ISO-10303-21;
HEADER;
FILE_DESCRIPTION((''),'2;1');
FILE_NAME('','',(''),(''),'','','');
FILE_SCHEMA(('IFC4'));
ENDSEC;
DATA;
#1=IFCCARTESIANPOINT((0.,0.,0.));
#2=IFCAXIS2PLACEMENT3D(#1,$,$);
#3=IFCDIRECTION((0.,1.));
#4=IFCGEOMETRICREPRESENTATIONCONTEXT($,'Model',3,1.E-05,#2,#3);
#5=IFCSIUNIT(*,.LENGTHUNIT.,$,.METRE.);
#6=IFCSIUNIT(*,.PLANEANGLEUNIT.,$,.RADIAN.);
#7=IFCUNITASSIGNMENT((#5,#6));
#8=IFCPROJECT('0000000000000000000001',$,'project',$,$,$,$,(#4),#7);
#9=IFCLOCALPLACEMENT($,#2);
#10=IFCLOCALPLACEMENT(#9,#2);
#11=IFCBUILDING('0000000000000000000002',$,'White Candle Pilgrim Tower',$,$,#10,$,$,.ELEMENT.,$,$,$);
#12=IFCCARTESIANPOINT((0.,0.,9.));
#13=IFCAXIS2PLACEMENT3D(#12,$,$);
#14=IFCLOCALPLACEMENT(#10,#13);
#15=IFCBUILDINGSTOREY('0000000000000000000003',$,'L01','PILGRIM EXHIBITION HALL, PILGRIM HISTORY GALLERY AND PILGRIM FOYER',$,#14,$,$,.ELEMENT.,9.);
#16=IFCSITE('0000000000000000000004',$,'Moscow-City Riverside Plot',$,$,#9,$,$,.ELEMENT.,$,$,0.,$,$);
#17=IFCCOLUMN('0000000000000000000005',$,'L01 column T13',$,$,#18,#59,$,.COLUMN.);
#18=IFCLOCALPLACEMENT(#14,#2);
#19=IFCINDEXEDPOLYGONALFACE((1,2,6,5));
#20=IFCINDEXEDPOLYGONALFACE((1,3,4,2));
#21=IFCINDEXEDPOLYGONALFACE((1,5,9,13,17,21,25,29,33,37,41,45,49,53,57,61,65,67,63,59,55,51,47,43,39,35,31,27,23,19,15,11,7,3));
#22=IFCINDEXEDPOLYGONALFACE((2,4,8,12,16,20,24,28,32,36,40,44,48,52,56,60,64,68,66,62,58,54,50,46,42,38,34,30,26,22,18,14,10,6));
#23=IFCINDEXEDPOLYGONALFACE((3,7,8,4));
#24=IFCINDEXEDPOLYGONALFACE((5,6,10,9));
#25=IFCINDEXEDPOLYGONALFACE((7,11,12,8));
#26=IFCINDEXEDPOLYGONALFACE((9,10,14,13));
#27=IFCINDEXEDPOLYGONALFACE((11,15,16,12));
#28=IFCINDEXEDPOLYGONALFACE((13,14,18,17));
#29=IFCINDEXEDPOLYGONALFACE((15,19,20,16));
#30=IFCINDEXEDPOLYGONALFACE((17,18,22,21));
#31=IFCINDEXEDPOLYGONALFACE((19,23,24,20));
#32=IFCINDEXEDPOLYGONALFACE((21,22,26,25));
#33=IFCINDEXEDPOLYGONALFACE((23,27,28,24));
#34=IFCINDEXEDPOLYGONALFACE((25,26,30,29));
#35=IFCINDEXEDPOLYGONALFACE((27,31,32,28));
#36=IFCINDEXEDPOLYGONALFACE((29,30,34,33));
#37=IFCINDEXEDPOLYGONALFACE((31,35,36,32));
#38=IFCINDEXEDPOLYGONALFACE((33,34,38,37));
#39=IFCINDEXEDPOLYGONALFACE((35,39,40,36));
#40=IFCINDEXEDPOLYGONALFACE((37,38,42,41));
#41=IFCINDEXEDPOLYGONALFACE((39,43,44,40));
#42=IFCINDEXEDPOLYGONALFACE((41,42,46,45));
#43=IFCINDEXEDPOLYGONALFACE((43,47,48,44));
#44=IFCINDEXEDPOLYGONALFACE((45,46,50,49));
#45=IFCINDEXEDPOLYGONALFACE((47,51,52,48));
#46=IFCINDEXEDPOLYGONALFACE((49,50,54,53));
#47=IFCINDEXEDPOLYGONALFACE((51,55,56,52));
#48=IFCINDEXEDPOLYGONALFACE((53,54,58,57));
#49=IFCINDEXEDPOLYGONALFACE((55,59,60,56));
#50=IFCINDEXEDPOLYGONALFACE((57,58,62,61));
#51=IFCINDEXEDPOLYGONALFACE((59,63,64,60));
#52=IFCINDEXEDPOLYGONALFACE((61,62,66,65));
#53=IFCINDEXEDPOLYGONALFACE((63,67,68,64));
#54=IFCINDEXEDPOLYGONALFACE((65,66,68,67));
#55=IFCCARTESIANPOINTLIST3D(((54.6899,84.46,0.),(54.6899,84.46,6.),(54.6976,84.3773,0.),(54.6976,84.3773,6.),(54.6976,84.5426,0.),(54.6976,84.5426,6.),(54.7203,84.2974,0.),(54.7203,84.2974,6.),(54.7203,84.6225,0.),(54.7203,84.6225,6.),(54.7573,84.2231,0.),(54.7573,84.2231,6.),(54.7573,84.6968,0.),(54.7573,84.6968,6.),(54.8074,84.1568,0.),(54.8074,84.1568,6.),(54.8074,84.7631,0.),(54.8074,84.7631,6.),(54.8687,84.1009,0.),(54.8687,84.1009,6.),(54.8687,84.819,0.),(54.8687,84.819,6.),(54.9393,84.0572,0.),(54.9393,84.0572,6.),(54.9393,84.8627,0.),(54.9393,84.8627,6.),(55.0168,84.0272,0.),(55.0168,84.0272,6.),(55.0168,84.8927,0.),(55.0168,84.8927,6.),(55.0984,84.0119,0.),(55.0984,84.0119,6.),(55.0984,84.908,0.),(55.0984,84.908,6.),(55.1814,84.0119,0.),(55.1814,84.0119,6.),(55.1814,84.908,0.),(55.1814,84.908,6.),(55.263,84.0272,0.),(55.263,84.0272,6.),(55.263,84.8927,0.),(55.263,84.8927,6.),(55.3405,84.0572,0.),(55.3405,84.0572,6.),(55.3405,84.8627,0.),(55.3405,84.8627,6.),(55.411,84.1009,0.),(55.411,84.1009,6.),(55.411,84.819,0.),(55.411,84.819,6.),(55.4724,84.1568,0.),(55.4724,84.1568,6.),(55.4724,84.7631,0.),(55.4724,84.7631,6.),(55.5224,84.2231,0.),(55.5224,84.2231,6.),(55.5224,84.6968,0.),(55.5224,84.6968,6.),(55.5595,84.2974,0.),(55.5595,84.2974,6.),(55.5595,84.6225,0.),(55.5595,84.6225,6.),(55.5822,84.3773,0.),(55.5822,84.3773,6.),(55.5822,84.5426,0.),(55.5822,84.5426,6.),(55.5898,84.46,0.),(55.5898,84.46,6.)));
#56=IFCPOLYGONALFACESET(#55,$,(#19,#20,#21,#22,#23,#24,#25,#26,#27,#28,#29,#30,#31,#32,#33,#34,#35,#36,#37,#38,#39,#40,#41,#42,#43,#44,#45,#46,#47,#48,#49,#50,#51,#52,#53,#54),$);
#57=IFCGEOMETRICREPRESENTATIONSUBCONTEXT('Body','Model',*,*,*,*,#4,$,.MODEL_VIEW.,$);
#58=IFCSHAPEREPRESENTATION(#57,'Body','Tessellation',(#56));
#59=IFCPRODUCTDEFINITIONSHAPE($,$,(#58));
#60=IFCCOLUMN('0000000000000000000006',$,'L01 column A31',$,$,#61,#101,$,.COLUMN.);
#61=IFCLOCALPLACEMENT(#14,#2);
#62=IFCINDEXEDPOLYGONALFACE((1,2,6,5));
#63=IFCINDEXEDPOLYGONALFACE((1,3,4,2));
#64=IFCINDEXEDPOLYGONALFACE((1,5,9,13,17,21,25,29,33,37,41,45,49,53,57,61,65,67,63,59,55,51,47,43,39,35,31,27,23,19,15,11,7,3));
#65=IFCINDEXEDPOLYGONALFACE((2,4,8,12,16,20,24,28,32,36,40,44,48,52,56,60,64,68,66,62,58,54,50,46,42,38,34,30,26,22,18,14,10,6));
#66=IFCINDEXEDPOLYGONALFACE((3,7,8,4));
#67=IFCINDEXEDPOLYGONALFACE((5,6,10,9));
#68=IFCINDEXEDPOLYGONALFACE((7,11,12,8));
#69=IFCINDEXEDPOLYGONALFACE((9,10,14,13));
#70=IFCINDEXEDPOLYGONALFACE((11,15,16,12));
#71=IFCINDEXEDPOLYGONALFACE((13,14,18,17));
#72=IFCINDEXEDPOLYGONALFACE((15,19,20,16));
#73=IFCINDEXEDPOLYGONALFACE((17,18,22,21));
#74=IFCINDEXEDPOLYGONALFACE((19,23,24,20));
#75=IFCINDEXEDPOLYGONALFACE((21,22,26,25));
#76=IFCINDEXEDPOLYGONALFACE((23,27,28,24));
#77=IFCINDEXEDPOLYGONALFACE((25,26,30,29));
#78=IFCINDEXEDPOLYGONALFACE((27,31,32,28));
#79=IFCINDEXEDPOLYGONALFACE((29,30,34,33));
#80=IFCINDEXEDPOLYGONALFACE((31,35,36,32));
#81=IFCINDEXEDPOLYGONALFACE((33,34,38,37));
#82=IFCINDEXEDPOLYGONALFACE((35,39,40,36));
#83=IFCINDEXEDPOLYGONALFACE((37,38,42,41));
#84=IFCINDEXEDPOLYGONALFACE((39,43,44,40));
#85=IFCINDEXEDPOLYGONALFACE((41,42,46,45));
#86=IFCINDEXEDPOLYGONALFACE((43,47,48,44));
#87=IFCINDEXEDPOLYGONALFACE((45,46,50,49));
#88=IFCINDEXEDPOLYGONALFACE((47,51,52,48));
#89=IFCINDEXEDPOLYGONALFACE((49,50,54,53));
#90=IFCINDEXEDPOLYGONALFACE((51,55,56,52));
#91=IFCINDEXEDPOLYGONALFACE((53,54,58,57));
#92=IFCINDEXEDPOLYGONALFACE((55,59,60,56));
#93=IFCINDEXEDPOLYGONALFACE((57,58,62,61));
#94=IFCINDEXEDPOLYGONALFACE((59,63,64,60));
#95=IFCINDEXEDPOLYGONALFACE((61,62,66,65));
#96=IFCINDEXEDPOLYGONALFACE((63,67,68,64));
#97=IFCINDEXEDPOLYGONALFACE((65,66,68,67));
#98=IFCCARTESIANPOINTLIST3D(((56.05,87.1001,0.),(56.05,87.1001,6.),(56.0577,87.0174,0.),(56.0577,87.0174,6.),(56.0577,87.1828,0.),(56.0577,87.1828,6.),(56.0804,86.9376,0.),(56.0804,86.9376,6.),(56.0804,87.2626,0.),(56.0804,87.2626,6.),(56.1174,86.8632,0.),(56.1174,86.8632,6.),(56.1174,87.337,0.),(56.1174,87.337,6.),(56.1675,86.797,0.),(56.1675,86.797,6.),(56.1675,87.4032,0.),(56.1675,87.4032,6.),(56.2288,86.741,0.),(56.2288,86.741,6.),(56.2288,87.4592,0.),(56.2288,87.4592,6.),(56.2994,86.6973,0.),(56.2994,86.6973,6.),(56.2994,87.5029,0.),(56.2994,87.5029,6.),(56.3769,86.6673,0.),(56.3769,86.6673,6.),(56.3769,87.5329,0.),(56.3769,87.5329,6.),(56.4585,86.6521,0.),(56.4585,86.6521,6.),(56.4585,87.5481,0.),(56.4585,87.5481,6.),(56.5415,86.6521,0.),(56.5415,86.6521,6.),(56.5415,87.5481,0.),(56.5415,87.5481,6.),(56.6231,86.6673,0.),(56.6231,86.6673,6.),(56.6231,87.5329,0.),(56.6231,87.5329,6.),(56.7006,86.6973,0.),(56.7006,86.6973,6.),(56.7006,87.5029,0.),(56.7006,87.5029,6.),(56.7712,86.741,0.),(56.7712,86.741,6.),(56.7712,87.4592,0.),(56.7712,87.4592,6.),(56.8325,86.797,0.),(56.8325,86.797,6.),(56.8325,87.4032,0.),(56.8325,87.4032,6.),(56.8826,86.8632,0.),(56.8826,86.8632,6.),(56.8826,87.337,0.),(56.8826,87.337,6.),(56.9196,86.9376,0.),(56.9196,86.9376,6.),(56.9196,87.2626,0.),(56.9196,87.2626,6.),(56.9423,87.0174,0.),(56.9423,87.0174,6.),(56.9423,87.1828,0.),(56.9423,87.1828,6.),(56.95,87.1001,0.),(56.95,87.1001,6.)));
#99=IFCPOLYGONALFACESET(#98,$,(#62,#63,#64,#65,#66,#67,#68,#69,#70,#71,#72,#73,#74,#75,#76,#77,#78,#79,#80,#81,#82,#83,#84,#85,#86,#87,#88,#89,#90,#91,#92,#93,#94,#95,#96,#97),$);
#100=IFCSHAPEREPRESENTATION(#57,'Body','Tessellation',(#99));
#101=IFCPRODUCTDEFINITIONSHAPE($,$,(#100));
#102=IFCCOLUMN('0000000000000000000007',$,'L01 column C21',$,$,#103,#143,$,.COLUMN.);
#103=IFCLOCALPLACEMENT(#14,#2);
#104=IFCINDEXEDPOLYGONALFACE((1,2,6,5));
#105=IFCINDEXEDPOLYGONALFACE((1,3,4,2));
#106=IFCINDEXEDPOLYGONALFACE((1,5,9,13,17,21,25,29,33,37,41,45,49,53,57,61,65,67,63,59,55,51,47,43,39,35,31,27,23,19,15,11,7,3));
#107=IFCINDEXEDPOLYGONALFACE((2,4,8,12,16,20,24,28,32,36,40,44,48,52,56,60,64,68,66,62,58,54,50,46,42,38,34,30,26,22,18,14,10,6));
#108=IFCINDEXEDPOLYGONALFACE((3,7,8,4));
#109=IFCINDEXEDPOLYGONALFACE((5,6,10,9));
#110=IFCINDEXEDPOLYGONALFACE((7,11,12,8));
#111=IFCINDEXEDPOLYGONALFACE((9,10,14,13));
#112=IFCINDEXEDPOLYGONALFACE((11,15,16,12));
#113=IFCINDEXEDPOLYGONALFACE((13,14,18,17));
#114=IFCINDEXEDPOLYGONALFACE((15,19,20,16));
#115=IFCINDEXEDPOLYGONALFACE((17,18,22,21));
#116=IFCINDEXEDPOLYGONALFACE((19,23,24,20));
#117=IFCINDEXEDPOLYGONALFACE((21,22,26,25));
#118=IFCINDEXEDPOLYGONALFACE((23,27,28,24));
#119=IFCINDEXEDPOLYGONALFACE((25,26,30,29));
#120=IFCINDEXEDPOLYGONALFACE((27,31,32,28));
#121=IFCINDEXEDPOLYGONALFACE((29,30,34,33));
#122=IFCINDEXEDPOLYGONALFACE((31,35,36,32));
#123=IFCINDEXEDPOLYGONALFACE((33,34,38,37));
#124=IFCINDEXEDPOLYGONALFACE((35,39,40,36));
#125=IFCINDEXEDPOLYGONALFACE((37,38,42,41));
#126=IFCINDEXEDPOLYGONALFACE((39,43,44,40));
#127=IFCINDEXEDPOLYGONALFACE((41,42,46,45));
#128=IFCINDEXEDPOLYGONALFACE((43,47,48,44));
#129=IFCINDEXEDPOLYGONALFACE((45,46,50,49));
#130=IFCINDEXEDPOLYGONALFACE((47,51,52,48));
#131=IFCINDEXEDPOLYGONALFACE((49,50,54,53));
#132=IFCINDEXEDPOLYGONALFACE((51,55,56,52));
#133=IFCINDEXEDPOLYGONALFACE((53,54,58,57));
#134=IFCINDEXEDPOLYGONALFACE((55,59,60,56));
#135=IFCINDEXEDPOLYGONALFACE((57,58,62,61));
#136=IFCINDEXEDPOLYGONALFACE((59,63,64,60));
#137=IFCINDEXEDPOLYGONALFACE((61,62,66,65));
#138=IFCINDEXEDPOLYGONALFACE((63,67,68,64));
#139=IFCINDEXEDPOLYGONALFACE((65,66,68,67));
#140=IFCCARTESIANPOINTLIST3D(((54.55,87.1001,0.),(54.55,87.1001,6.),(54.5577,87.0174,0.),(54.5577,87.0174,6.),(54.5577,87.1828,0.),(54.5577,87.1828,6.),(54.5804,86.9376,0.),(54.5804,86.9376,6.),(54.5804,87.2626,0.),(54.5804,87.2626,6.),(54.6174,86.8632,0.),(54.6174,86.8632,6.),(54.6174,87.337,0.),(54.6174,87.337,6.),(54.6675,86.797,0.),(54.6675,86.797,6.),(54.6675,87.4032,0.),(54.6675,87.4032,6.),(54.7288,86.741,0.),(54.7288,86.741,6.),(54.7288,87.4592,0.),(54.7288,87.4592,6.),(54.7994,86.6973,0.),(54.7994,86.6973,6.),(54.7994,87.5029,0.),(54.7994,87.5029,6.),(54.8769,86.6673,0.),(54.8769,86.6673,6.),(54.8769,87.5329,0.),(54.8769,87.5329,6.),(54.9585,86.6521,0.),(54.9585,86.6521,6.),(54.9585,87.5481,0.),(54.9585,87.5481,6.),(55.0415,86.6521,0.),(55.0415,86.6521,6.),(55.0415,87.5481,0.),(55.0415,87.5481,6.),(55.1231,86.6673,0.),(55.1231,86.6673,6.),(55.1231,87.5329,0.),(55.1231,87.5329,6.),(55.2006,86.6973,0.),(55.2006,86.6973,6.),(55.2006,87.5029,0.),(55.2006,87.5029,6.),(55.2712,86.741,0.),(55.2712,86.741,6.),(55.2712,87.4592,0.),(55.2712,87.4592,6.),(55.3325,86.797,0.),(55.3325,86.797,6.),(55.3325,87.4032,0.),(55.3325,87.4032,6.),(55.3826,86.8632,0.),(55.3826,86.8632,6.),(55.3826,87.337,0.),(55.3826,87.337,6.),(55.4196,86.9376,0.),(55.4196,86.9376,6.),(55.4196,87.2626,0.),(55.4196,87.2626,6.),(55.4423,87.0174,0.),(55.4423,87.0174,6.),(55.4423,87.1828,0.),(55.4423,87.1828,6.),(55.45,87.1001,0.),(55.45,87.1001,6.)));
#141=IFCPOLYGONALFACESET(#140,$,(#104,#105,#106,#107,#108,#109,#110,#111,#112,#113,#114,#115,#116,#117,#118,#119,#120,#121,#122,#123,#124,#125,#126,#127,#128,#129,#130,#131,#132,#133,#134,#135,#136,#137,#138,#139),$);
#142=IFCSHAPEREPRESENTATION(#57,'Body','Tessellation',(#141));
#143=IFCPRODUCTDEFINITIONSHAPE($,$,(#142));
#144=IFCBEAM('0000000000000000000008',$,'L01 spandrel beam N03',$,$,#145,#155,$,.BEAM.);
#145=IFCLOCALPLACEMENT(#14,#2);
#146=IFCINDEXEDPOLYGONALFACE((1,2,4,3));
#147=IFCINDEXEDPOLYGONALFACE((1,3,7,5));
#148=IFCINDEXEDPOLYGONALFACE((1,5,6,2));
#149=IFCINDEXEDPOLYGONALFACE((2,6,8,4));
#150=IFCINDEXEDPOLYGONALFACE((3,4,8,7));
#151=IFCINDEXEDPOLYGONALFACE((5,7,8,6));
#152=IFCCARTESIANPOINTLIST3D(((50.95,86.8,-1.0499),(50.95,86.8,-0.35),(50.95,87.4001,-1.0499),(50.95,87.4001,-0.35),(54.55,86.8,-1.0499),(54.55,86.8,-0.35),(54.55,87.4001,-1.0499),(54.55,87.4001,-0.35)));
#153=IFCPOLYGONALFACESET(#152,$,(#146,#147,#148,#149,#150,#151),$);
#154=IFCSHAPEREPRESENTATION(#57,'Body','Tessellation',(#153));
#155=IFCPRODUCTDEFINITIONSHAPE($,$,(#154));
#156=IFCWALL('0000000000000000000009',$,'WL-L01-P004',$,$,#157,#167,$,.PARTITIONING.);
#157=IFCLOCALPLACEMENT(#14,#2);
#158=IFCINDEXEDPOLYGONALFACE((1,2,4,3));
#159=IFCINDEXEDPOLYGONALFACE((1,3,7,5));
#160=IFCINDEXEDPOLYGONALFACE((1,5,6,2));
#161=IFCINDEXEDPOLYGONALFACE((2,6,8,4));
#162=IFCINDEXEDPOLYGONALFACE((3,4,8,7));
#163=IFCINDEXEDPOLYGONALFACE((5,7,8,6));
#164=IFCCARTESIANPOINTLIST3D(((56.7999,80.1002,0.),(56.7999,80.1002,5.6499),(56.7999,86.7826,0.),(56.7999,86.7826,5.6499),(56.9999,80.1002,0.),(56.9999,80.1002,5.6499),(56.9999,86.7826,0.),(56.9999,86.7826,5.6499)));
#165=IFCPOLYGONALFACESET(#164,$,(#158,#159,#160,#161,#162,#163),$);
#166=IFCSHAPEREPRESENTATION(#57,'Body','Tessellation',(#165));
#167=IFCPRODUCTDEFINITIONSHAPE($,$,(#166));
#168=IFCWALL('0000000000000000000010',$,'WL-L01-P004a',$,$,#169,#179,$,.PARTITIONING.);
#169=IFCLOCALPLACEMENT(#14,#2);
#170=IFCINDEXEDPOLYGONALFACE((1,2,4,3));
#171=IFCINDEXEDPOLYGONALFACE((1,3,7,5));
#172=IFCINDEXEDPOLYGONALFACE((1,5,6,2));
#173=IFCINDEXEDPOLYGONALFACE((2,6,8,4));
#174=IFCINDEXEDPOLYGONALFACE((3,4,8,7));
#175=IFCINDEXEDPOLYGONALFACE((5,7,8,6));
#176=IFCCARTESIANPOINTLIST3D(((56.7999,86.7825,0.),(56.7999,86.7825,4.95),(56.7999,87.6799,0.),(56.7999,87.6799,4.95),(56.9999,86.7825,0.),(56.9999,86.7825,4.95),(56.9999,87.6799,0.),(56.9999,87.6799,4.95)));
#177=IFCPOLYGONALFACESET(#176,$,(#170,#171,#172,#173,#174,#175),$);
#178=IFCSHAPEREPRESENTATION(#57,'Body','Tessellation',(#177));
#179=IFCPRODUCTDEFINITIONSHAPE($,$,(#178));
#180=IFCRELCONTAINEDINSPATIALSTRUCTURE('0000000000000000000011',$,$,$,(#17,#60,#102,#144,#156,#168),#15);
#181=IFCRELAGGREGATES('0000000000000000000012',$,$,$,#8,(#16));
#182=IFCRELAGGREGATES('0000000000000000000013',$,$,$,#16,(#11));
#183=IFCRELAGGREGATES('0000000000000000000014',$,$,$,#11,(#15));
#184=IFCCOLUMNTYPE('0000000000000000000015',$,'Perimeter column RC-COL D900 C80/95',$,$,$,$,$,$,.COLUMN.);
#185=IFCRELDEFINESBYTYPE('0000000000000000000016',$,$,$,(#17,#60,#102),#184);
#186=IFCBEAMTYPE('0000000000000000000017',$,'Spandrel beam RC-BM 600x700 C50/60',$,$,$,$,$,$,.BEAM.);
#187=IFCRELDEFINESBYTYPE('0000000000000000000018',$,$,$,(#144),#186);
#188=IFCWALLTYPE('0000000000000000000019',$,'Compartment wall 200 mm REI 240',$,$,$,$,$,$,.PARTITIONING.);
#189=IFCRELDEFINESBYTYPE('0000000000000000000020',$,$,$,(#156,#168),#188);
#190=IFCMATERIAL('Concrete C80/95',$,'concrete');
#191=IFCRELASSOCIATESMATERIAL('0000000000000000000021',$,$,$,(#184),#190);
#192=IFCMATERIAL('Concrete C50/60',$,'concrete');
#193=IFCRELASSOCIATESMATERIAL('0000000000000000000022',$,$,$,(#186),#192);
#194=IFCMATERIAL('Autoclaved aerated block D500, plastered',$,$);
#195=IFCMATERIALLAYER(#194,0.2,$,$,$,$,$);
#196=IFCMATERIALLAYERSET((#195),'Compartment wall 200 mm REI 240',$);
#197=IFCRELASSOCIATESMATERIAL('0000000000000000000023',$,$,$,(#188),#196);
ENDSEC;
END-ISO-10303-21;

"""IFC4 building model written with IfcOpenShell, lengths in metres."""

from ifc_helpers import new_model, si_unit, direction, frame, frame_2d, origin, origin_2d, place, context, subcontext, project, spatial, rectangle, circle, extrude, material, layer, layer_set, material_profile, profile_set, type_object, element, save


model = new_model("IFC4")

# Units and contexts
model_context = context("Model", 3, precision=1e-05, world=origin(), true_north=direction((0.0, 1.0)))
body_context = subcontext(model_context, "Body", "Model", "MODEL_VIEW")
ifc_project = project(units=[si_unit("LENGTHUNIT", "METRE"), si_unit("PLANEANGLEUNIT", "RADIAN")], contexts=[model_context])

# Site, building, storey
site_placement = place(None, origin())
site = spatial("IfcSite", under=ifc_project, at=site_placement, Name="Moscow-City Riverside Plot", CompositionType="ELEMENT", RefElevation=0.0)
building_placement = place(site_placement, origin())
building = spatial("IfcBuilding", under=site, at=building_placement, Name="White Candle Pilgrim Tower", CompositionType="ELEMENT")
storey_placement = place(building_placement, frame((0.0, 0.0, 9.0)))
storey = spatial("IfcBuildingStorey", under=building, at=storey_placement, Name="L01", Description="PILGRIM EXHIBITION HALL, PILGRIM HISTORY GALLERY AND PILGRIM FOYER", CompositionType="ELEMENT", Elevation=9.0)

# Columns
ifc_material_1 = material(Name="Concrete C80/95", Category="concrete")
ifc_material_profile_1 = material_profile(ifc_material_1, circle(Radius=0.45, at=origin_2d()), Name="RC-COL D900")
ifc_profile_set_1 = profile_set([ifc_material_profile_1], Name="Concrete C80/95")
column_type = type_object("IfcColumnType", Name="Perimeter column RC-COL D900 C80/95", PredefinedType="COLUMN", material=ifc_profile_set_1)
for number, where, z_axis, x_axis, name in (
    (1, (55.1399, 84.46, 0.0), (0.0, 0.0, 1.0), (1.0, 0.0, 0.0), "L01 column T13"),
    (2, (56.5, 87.1001, 0.0), (0.0, 0.0, 1.0), (1.0, 0.0, 0.0), "L01 column A31"),
    (3, (55.0, 87.1001, 0.0), (0.0, 0.0, 1.0), (1.0, 0.0, 0.0), "L01 column C21"),
):
    element("IfcColumn", number, at=place(storey_placement, frame(where, z_axis=z_axis, x_axis=x_axis)), inside=storey, type_object=column_type, Name=name, PredefinedType="COLUMN", context=body_context, shape_type="SweptSolid", body=[
        extrude(circle(Radius=0.45, at=origin_2d()), origin(), (0.0, 0.0, 1.0), 6.0),
    ])

# Beam
ifc_material_2 = material(Name="Concrete C50/60", Category="concrete")
ifc_material_profile_2 = material_profile(ifc_material_2, rectangle(XDim=0.6001, YDim=0.7, at=origin_2d()), Name="RC-BM 600x700")
ifc_profile_set_2 = profile_set([ifc_material_profile_2], Name="Concrete C50/60")
beam_type = type_object("IfcBeamType", Name="Spandrel beam RC-BM 600x700 C50/60", PredefinedType="BEAM", material=ifc_profile_set_2)
beam_placement = place(storey_placement, frame((50.95, 87.1001, -0.7), z_axis=(1.0, 0.0, 0.0), x_axis=(0.0, 1.0, 0.0)))
element("IfcBeam", 4, at=beam_placement, inside=storey, type_object=beam_type, Name="L01 spandrel beam N03", PredefinedType="BEAM", context=body_context, shape_type="SweptSolid", body=[
    extrude(rectangle(XDim=0.6001, YDim=0.7, at=origin_2d()), origin(), (0.0, 0.0, 1.0), 3.6001),
])

# Walls
ifc_material_3 = material(Name="Autoclaved aerated block D500, plastered")
ifc_layer_1 = layer(ifc_material_3, 0.2)
ifc_layer_set_1 = layer_set([ifc_layer_1], Name="Compartment wall 200 mm REI 240")
wall_type_1 = type_object("IfcWallType", Name="Compartment wall 200 mm REI 240", PredefinedType="PARTITIONING", material=ifc_layer_set_1)
wall_1_placement = place(storey_placement, frame((56.8999, 80.1001, 0.0), z_axis=(0.0, 0.0, 1.0), x_axis=(0.0, 1.0, 0.0)))
element("IfcWall", 5, at=wall_1_placement, inside=storey, type_object=wall_type_1, Name="WL-L01-P004", PredefinedType="PARTITIONING", context=body_context, shape_type="SweptSolid", body=[
    extrude(rectangle(XDim=6.6824, YDim=0.2, at=frame_2d((3.3413, 0.0))), origin(), (0.0, 0.0, 1.0), 5.6499),
])
wall_2_placement = place(storey_placement, frame((56.8999, 86.7825, 0.0), z_axis=(0.0, 0.0, 1.0), x_axis=(0.0, 1.0, 0.0)))
element("IfcWall", 6, at=wall_2_placement, inside=storey, type_object=wall_type_1, Name="WL-L01-P004a", PredefinedType="PARTITIONING", context=body_context, shape_type="SweptSolid", body=[
    extrude(rectangle(XDim=0.8975, YDim=0.2, at=frame_2d((0.4487, 0.0))), origin(), (0.0, 0.0, 1.0), 4.95),
])

save(model, "model.ifc")
